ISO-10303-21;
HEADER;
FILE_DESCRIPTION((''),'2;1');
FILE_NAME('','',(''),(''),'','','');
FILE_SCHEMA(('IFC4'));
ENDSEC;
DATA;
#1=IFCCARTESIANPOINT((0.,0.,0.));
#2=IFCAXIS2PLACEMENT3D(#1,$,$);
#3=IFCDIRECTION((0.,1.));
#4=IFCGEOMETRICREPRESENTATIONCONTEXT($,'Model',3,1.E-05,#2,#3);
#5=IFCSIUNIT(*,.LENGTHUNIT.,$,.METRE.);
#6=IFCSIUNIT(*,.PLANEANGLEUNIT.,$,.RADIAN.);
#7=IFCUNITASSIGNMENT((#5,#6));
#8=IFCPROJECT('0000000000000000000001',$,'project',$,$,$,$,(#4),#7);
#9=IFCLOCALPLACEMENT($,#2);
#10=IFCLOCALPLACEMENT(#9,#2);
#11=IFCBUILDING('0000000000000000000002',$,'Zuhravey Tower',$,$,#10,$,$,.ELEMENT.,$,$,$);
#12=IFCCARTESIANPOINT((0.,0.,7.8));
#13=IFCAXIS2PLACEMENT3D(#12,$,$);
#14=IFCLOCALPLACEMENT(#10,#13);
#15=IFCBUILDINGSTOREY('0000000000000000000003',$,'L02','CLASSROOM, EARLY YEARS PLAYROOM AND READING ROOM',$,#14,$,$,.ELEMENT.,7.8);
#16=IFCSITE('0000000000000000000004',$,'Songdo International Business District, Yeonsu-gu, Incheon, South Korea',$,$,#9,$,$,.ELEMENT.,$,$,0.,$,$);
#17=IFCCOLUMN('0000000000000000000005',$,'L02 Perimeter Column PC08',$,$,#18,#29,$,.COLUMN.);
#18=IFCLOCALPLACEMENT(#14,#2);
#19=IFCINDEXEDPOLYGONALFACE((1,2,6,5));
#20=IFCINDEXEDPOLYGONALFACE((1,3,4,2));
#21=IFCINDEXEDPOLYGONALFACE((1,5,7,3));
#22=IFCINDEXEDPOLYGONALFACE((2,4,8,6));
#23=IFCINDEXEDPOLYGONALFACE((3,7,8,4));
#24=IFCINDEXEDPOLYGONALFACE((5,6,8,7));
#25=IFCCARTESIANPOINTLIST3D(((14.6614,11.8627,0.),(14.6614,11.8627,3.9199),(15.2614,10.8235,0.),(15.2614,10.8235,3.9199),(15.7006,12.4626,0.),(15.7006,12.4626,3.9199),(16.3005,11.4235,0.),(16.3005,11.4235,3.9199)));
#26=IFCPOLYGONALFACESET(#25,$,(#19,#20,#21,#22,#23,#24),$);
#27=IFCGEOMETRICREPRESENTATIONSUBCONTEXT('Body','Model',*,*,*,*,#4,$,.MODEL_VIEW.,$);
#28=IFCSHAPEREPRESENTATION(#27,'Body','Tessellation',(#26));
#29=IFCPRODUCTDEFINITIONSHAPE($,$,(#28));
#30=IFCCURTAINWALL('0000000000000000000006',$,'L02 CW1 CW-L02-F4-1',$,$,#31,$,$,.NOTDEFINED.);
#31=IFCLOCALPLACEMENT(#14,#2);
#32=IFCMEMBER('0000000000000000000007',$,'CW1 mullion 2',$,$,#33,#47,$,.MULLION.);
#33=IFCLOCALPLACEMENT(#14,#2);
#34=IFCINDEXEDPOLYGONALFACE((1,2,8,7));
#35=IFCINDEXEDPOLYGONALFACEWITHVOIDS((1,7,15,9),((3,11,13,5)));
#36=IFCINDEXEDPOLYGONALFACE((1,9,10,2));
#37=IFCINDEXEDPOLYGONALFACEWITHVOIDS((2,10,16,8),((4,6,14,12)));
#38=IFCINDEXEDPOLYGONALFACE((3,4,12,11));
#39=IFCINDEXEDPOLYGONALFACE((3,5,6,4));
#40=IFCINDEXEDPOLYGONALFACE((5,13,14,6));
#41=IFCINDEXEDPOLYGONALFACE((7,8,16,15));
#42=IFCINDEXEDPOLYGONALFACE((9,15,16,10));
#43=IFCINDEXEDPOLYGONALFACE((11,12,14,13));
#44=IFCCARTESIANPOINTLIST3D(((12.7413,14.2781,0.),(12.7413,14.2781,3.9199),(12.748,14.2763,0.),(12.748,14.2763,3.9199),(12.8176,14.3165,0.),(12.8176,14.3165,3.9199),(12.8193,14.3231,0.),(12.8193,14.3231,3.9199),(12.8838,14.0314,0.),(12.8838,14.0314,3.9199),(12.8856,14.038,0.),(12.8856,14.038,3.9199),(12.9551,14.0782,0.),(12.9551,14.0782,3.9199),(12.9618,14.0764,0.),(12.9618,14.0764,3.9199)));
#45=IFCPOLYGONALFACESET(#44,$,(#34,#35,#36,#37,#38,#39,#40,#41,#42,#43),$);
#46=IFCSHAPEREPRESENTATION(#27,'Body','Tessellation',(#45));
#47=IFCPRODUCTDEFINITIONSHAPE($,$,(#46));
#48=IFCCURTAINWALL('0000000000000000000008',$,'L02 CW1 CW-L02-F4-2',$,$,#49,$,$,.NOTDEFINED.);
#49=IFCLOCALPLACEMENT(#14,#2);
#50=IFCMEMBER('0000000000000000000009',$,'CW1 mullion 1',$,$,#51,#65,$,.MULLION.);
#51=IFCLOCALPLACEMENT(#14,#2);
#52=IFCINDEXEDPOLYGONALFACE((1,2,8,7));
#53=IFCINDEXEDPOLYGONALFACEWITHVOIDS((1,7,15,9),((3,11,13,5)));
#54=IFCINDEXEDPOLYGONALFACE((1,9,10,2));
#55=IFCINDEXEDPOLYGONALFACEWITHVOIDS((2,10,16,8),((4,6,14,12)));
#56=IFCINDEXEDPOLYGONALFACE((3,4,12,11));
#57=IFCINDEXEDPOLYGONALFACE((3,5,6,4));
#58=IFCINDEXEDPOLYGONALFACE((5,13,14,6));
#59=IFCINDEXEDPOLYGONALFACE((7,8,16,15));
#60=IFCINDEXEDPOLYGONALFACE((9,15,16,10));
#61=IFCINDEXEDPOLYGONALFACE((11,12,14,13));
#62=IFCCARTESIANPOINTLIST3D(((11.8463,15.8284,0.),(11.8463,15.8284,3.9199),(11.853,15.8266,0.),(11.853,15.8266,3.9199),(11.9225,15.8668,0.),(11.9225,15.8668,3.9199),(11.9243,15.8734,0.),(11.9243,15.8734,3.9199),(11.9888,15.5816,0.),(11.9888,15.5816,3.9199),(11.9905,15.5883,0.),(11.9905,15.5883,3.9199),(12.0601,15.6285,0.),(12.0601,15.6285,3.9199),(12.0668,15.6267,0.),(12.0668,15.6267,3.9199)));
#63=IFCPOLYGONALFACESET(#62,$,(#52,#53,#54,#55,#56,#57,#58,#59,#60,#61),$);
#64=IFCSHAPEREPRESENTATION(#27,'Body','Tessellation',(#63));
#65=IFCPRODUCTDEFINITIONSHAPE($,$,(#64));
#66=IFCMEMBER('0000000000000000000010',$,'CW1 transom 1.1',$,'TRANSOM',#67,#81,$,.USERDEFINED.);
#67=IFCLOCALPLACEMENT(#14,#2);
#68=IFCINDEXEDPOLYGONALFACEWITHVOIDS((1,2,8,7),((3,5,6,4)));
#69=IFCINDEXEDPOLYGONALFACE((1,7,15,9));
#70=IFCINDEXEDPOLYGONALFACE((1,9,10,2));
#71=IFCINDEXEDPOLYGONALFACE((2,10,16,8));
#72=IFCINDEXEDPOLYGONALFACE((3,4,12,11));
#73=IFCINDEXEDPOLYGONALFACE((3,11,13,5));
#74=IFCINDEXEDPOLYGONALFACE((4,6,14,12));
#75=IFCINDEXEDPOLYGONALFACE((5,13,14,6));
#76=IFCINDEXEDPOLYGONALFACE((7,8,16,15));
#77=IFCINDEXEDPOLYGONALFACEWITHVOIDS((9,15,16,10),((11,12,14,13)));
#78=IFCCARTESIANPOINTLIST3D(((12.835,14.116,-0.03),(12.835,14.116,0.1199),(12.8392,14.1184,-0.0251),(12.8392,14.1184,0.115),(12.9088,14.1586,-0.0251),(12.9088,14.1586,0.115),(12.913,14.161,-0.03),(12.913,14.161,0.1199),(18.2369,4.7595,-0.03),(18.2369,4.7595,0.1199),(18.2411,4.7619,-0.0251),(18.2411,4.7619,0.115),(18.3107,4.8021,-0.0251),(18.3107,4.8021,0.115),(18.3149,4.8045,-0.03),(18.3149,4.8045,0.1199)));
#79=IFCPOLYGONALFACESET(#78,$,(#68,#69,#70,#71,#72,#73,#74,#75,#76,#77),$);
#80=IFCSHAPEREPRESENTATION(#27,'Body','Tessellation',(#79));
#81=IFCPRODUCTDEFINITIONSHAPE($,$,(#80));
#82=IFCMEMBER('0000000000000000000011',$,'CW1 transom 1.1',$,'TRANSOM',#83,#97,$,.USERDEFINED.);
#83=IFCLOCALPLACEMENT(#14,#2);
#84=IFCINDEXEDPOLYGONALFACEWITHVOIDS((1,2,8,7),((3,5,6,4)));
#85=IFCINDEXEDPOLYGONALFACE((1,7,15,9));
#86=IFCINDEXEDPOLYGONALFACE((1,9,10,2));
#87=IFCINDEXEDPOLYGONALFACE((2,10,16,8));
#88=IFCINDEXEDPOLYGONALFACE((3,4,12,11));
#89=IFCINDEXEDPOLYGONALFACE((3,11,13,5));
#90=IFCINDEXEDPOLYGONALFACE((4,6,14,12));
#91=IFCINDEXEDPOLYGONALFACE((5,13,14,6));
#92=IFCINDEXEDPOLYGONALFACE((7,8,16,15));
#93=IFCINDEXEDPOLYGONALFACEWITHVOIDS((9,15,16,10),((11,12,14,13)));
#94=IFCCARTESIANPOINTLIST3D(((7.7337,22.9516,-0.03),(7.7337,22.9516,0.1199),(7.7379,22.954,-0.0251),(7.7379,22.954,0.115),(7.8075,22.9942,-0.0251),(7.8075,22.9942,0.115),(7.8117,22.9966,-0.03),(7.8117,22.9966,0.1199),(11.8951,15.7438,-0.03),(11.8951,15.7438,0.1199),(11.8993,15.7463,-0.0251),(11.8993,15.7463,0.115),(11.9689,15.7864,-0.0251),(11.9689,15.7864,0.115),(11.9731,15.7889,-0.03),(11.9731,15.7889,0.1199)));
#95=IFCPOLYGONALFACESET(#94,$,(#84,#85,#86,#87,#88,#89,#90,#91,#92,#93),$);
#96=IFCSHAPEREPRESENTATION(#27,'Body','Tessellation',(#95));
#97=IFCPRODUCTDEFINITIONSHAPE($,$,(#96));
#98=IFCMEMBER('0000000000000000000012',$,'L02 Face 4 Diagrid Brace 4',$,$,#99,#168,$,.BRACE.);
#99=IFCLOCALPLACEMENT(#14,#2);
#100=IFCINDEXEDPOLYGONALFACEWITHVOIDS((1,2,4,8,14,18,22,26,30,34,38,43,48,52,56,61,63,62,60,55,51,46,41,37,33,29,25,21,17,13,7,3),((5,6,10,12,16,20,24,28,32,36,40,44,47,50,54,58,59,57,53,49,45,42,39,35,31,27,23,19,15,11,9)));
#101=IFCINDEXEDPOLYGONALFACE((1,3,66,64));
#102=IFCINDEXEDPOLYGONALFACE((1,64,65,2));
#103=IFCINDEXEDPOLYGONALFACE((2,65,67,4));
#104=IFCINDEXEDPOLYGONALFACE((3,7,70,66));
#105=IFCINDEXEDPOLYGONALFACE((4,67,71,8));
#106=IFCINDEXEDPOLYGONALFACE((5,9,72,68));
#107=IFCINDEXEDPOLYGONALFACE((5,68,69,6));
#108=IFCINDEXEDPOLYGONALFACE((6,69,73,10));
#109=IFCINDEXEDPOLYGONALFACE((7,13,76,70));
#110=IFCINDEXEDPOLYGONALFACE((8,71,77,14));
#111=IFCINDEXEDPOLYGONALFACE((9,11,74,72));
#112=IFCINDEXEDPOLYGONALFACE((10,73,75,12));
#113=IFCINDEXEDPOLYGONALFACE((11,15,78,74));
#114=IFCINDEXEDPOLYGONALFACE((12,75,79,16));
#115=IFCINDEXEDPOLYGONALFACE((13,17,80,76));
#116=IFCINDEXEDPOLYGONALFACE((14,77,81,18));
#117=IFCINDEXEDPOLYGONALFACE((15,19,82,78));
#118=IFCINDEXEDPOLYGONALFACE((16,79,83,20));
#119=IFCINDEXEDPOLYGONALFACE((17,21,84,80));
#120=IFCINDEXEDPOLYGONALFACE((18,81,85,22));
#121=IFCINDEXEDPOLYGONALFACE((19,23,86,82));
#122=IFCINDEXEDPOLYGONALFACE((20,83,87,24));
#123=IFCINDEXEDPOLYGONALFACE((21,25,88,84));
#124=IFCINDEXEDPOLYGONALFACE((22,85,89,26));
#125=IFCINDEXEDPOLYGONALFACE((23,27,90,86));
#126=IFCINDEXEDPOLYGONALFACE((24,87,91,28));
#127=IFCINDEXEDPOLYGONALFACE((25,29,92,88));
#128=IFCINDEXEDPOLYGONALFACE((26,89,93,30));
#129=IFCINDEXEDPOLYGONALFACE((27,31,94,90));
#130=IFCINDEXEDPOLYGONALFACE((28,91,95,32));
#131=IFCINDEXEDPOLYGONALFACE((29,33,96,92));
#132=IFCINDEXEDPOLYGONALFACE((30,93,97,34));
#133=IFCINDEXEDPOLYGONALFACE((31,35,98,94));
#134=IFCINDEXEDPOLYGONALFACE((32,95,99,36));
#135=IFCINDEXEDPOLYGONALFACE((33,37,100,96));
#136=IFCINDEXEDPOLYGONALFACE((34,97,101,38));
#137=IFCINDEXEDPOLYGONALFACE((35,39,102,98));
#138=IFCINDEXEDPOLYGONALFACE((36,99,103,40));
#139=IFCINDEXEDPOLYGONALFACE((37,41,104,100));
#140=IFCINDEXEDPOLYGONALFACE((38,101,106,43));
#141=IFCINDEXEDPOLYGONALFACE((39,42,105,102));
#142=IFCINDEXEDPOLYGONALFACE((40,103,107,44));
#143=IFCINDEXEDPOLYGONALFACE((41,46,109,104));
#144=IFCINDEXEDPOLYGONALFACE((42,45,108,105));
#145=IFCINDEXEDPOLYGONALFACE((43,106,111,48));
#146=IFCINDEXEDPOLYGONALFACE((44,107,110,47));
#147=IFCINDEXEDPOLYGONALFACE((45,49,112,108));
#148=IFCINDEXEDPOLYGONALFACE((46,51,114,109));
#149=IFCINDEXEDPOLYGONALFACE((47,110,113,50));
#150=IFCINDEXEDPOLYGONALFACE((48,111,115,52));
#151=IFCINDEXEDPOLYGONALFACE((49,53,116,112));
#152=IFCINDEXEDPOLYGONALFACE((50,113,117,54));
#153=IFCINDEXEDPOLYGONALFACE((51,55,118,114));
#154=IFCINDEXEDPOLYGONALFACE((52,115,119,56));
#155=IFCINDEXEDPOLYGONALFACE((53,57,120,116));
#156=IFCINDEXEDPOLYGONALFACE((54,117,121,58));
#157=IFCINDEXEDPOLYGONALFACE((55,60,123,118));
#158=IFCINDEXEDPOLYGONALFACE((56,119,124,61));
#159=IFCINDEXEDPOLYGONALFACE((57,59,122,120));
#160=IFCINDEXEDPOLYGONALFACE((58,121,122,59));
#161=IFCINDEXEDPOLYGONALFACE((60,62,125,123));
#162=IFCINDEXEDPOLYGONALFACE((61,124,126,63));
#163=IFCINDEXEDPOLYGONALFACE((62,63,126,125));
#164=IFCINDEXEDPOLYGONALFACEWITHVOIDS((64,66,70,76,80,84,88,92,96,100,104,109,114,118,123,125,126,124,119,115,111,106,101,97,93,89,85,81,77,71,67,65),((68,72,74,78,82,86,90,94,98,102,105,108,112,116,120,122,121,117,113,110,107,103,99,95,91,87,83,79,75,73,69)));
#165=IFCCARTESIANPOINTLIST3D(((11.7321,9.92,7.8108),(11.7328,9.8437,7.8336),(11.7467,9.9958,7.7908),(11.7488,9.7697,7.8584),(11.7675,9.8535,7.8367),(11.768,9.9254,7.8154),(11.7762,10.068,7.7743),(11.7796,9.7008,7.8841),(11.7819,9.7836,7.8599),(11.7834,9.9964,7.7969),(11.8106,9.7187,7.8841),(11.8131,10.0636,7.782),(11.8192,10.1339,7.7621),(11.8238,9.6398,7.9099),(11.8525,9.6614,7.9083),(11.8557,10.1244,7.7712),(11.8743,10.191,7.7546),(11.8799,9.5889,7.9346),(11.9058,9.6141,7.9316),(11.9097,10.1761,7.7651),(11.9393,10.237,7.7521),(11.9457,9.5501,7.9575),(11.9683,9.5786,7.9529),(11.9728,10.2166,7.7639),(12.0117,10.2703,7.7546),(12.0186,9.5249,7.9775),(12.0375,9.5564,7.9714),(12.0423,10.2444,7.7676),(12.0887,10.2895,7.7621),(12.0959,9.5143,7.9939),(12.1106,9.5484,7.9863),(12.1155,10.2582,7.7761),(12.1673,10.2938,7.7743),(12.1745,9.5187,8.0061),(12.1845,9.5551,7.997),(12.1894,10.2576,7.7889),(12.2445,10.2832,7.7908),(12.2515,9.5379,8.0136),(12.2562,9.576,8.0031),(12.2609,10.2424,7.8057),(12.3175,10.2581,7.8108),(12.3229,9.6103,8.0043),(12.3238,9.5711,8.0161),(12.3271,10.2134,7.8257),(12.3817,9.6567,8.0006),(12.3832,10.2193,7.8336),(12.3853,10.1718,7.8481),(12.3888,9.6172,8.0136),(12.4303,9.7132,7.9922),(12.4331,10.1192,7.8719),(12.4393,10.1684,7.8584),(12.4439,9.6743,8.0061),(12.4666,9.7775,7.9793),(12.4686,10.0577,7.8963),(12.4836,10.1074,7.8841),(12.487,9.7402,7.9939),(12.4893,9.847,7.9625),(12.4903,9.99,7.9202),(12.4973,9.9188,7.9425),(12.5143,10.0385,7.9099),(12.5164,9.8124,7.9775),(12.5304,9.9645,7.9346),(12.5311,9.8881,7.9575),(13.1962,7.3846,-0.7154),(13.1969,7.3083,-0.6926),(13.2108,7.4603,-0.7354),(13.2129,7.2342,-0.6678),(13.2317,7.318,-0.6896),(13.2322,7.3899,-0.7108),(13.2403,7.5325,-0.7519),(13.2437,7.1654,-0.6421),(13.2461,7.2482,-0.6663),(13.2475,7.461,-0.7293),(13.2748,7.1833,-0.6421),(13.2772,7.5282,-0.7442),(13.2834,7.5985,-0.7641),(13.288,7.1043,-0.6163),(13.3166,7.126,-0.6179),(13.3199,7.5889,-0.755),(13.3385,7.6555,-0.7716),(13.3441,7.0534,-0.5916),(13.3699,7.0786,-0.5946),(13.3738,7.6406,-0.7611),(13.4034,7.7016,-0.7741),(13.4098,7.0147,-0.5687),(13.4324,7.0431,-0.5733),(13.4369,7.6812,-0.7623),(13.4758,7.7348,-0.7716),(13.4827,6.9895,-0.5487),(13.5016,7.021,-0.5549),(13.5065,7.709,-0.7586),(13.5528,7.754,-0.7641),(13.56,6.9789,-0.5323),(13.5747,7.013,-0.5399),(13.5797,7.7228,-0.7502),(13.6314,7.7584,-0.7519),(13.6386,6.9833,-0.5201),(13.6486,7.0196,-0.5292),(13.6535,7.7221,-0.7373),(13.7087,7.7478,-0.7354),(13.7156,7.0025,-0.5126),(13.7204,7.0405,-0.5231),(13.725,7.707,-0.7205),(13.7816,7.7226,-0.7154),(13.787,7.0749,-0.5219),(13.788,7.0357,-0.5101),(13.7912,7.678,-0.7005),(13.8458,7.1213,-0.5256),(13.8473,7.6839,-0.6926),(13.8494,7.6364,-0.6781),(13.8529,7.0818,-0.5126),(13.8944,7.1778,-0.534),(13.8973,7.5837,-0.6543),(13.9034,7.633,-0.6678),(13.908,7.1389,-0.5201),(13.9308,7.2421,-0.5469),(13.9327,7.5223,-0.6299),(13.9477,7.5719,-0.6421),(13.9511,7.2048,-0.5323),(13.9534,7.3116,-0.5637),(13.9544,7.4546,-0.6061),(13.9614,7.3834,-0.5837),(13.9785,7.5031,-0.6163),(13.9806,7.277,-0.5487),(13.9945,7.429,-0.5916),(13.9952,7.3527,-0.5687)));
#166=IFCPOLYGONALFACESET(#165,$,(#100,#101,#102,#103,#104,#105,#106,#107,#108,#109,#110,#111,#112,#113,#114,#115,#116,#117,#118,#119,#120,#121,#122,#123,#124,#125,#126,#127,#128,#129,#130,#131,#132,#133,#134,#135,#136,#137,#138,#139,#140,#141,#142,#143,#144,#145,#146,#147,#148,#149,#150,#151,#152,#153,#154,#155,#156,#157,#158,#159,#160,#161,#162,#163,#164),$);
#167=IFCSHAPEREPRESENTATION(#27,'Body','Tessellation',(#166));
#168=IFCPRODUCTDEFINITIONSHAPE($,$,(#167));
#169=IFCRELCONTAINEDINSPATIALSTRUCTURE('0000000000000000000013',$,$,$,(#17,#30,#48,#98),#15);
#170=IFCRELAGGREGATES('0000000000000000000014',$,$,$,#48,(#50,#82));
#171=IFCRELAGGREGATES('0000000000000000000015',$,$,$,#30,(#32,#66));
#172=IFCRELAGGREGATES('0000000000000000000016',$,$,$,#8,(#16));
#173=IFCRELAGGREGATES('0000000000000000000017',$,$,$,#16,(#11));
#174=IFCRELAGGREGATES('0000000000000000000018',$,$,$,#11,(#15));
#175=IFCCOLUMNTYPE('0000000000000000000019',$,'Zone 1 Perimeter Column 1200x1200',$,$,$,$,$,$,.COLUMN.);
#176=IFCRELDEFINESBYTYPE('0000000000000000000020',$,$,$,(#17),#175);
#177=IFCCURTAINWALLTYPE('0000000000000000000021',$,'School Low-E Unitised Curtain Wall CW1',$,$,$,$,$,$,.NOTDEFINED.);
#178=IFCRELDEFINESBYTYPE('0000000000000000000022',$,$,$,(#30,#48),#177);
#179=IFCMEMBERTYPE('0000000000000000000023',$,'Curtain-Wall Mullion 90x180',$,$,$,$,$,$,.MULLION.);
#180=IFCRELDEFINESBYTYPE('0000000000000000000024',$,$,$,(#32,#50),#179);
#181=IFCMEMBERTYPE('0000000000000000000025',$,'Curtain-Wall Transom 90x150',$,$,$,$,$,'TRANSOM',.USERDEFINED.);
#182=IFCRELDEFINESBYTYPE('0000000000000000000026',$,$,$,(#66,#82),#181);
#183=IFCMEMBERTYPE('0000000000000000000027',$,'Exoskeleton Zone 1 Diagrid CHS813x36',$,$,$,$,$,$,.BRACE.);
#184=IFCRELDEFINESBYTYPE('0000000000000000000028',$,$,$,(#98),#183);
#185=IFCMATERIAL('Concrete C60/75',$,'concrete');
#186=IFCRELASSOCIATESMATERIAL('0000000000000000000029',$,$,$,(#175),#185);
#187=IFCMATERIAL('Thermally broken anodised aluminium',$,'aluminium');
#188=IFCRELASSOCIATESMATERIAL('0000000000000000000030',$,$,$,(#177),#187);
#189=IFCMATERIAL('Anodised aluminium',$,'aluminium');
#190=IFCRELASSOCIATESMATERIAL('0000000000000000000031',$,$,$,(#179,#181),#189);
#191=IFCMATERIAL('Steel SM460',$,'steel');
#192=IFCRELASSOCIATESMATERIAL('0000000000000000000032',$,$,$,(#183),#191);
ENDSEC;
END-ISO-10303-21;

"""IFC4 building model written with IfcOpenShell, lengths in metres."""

from ifc_helpers import new_model, si_unit, direction, frame, origin, origin_2d, place, context, subcontext, project, spatial, rectangle, hollow_rectangle, hollow_circle, extrude, material, material_profile, profile_set, type_object, element, aggregate, save


model = new_model("IFC4")

# Units and contexts
model_context = context("Model", 3, precision=1e-05, world=origin(), true_north=direction((0.0, 1.0)))
body_context = subcontext(model_context, "Body", "Model", "MODEL_VIEW")
ifc_project = project(units=[si_unit("LENGTHUNIT", "METRE"), si_unit("PLANEANGLEUNIT", "RADIAN")], contexts=[model_context])

# Site, building, storey
site_placement = place(None, origin())
site = spatial("IfcSite", under=ifc_project, at=site_placement, Name="Songdo International Business District, Yeonsu-gu, Incheon, South Korea", CompositionType="ELEMENT", RefElevation=0.0)
building_placement = place(site_placement, origin())
building = spatial("IfcBuilding", under=site, at=building_placement, Name="Zuhravey Tower", CompositionType="ELEMENT")
storey_placement = place(building_placement, frame((0.0, 0.0, 7.8)))
storey = spatial("IfcBuildingStorey", under=building, at=storey_placement, Name="L02", Description="CLASSROOM, EARLY YEARS PLAYROOM AND READING ROOM", CompositionType="ELEMENT", Elevation=7.8)

# Column
ifc_material_1 = material(Name="Concrete C60/75", Category="concrete")
ifc_material_profile_1 = material_profile(ifc_material_1, rectangle(XDim=1.2, YDim=1.2, at=origin_2d()), Name="RC-1200x1200")
ifc_profile_set_1 = profile_set([ifc_material_profile_1], Name="Concrete C60/75")
column_type = type_object("IfcColumnType", Name="Zone 1 Perimeter Column 1200x1200", PredefinedType="COLUMN", material=ifc_profile_set_1)
column_placement = place(storey_placement, frame((15.481, 11.6431, 0.0), z_axis=(0.0, 0.0, 1.0), x_axis=(0.5, -0.866025, 0.0)))
element("IfcColumn", 1, at=column_placement, inside=storey, type_object=column_type, Name="L02 Perimeter Column PC08", PredefinedType="COLUMN", context=body_context, shape_type="SweptSolid", body=[
    extrude(rectangle(XDim=1.2, YDim=1.2, at=origin_2d()), origin(), (0.0, 0.0, 1.0), 3.9199),
])

# Curtain walls, members
ifc_material_2 = material(Name="Thermally broken anodised aluminium", Category="aluminium")
curtain_wall_type = type_object("IfcCurtainWallType", Name="School Low-E Unitised Curtain Wall CW1", PredefinedType="NOTDEFINED", material=ifc_material_2)
curtain_wall_1_placement = place(storey_placement, origin())
curtain_wall_1 = element("IfcCurtainWall", 2, at=curtain_wall_1_placement, inside=storey, type_object=curtain_wall_type, Name="L02 CW1 CW-L02-F4-1", PredefinedType="NOTDEFINED")
ifc_material_3 = material(Name="Anodised aluminium", Category="aluminium")
ifc_material_profile_2 = material_profile(ifc_material_3, hollow_rectangle(XDim=0.0901, YDim=0.2849, WallThickness=0.0049, at=origin_2d()), Name="ALU-RHS-90x285x5")
ifc_profile_set_2 = profile_set([ifc_material_profile_2], Name="Anodised aluminium")
member_type_1 = type_object("IfcMemberType", Name="Curtain-Wall Mullion 90x180", PredefinedType="MULLION", material=ifc_profile_set_2)
member_1_placement = place(storey_placement, frame((12.8516, 14.1772, 0.0), z_axis=(0.0, 0.0, 1.0), x_axis=(-0.866027, -0.499998, 0.0)))
member_1 = element("IfcMember", 3, at=member_1_placement, type_object=member_type_1, Name="CW1 mullion 2", PredefinedType="MULLION", context=body_context, shape_type="SweptSolid", body=[
    extrude(hollow_rectangle(XDim=0.0901, YDim=0.2849, WallThickness=0.0049, at=origin_2d()), origin(), (0.0, 0.0, 1.0), 3.9199),
])
curtain_wall_2_placement = place(storey_placement, origin())
curtain_wall_2 = element("IfcCurtainWall", 4, at=curtain_wall_2_placement, inside=storey, type_object=curtain_wall_type, Name="L02 CW1 CW-L02-F4-2", PredefinedType="NOTDEFINED")
member_2_placement = place(storey_placement, frame((11.9565, 15.7275, 0.0), z_axis=(0.0, 0.0, 1.0), x_axis=(-0.866026, -0.5, 0.0)))
member_2 = element("IfcMember", 5, at=member_2_placement, type_object=member_type_1, Name="CW1 mullion 1", PredefinedType="MULLION", context=body_context, shape_type="SweptSolid", body=[
    extrude(hollow_rectangle(XDim=0.0901, YDim=0.2849, WallThickness=0.0049, at=origin_2d()), origin(), (0.0, 0.0, 1.0), 3.9199),
])

# Members
ifc_material_profile_3 = material_profile(ifc_material_3, hollow_rectangle(XDim=0.0901, YDim=0.1499, WallThickness=0.0049, at=origin_2d()), Name="ALU-RHS-90x150x5")
ifc_profile_set_3 = profile_set([ifc_material_profile_3], Name="Anodised aluminium")
member_type_2 = type_object("IfcMemberType", Name="Curtain-Wall Transom 90x150", ElementType="TRANSOM", PredefinedType="USERDEFINED", material=ifc_profile_set_3)
member_3_placement = place(storey_placement, frame((18.2759, 4.782, 0.0449), z_axis=(-0.499994, 0.866029, 0.0), x_axis=(-0.866029, -0.499994, 0.0)))
member_3 = element("IfcMember", 6, at=member_3_placement, type_object=member_type_2, Name="CW1 transom 1.1", ObjectType="TRANSOM", PredefinedType="USERDEFINED", context=body_context, shape_type="SweptSolid", body=[
    extrude(hollow_rectangle(XDim=0.0901, YDim=0.1499, WallThickness=0.0049, at=origin_2d()), origin(), (0.0, 0.0, 1.0), 10.804),
])
member_4_placement = place(storey_placement, frame((11.9341, 15.7664, 0.0449), z_axis=(-0.499998, 0.866027, 0.0), x_axis=(-0.866027, -0.499998, 0.0)))
member_4 = element("IfcMember", 7, at=member_4_placement, type_object=member_type_2, Name="CW1 transom 1.1", ObjectType="TRANSOM", PredefinedType="USERDEFINED", context=body_context, shape_type="SweptSolid", body=[
    extrude(hollow_rectangle(XDim=0.0901, YDim=0.1499, WallThickness=0.0049, at=origin_2d()), origin(), (0.0, 0.0, 1.0), 8.3228),
])
aggregate(curtain_wall_2, [member_2, member_4])

# Member
ifc_material_4 = material(Name="Steel SM460", Category="steel")
ifc_material_profile_4 = material_profile(ifc_material_4, hollow_circle(Radius=0.4065, WallThickness=0.0359, at=origin_2d()), Name="CHS-812.8x36")
ifc_profile_set_4 = profile_set([ifc_material_profile_4], Name="Steel SM460")
member_type_3 = type_object("IfcMemberType", Name="Exoskeleton Zone 1 Diagrid CHS813x36", PredefinedType="BRACE", material=ifc_profile_set_4)
member_5_placement = place(storey_placement, frame((13.5957, 7.3687, -0.6421), z_axis=(-0.162412, 0.281249, 0.945792), x_axis=(-0.865981, -0.500076, 0.0)))
element("IfcMember", 8, at=member_5_placement, inside=storey, type_object=member_type_3, Name="L02 Face 4 Diagrid Brace 4", PredefinedType="BRACE", context=body_context, shape_type="SweptSolid", body=[
    extrude(hollow_circle(Radius=0.4065, WallThickness=0.0359, at=origin_2d()), origin(), (0.0, 0.0, 1.0), 9.0149),
])

aggregate(curtain_wall_1, [member_1, member_3])

save(model, "model.ifc")
